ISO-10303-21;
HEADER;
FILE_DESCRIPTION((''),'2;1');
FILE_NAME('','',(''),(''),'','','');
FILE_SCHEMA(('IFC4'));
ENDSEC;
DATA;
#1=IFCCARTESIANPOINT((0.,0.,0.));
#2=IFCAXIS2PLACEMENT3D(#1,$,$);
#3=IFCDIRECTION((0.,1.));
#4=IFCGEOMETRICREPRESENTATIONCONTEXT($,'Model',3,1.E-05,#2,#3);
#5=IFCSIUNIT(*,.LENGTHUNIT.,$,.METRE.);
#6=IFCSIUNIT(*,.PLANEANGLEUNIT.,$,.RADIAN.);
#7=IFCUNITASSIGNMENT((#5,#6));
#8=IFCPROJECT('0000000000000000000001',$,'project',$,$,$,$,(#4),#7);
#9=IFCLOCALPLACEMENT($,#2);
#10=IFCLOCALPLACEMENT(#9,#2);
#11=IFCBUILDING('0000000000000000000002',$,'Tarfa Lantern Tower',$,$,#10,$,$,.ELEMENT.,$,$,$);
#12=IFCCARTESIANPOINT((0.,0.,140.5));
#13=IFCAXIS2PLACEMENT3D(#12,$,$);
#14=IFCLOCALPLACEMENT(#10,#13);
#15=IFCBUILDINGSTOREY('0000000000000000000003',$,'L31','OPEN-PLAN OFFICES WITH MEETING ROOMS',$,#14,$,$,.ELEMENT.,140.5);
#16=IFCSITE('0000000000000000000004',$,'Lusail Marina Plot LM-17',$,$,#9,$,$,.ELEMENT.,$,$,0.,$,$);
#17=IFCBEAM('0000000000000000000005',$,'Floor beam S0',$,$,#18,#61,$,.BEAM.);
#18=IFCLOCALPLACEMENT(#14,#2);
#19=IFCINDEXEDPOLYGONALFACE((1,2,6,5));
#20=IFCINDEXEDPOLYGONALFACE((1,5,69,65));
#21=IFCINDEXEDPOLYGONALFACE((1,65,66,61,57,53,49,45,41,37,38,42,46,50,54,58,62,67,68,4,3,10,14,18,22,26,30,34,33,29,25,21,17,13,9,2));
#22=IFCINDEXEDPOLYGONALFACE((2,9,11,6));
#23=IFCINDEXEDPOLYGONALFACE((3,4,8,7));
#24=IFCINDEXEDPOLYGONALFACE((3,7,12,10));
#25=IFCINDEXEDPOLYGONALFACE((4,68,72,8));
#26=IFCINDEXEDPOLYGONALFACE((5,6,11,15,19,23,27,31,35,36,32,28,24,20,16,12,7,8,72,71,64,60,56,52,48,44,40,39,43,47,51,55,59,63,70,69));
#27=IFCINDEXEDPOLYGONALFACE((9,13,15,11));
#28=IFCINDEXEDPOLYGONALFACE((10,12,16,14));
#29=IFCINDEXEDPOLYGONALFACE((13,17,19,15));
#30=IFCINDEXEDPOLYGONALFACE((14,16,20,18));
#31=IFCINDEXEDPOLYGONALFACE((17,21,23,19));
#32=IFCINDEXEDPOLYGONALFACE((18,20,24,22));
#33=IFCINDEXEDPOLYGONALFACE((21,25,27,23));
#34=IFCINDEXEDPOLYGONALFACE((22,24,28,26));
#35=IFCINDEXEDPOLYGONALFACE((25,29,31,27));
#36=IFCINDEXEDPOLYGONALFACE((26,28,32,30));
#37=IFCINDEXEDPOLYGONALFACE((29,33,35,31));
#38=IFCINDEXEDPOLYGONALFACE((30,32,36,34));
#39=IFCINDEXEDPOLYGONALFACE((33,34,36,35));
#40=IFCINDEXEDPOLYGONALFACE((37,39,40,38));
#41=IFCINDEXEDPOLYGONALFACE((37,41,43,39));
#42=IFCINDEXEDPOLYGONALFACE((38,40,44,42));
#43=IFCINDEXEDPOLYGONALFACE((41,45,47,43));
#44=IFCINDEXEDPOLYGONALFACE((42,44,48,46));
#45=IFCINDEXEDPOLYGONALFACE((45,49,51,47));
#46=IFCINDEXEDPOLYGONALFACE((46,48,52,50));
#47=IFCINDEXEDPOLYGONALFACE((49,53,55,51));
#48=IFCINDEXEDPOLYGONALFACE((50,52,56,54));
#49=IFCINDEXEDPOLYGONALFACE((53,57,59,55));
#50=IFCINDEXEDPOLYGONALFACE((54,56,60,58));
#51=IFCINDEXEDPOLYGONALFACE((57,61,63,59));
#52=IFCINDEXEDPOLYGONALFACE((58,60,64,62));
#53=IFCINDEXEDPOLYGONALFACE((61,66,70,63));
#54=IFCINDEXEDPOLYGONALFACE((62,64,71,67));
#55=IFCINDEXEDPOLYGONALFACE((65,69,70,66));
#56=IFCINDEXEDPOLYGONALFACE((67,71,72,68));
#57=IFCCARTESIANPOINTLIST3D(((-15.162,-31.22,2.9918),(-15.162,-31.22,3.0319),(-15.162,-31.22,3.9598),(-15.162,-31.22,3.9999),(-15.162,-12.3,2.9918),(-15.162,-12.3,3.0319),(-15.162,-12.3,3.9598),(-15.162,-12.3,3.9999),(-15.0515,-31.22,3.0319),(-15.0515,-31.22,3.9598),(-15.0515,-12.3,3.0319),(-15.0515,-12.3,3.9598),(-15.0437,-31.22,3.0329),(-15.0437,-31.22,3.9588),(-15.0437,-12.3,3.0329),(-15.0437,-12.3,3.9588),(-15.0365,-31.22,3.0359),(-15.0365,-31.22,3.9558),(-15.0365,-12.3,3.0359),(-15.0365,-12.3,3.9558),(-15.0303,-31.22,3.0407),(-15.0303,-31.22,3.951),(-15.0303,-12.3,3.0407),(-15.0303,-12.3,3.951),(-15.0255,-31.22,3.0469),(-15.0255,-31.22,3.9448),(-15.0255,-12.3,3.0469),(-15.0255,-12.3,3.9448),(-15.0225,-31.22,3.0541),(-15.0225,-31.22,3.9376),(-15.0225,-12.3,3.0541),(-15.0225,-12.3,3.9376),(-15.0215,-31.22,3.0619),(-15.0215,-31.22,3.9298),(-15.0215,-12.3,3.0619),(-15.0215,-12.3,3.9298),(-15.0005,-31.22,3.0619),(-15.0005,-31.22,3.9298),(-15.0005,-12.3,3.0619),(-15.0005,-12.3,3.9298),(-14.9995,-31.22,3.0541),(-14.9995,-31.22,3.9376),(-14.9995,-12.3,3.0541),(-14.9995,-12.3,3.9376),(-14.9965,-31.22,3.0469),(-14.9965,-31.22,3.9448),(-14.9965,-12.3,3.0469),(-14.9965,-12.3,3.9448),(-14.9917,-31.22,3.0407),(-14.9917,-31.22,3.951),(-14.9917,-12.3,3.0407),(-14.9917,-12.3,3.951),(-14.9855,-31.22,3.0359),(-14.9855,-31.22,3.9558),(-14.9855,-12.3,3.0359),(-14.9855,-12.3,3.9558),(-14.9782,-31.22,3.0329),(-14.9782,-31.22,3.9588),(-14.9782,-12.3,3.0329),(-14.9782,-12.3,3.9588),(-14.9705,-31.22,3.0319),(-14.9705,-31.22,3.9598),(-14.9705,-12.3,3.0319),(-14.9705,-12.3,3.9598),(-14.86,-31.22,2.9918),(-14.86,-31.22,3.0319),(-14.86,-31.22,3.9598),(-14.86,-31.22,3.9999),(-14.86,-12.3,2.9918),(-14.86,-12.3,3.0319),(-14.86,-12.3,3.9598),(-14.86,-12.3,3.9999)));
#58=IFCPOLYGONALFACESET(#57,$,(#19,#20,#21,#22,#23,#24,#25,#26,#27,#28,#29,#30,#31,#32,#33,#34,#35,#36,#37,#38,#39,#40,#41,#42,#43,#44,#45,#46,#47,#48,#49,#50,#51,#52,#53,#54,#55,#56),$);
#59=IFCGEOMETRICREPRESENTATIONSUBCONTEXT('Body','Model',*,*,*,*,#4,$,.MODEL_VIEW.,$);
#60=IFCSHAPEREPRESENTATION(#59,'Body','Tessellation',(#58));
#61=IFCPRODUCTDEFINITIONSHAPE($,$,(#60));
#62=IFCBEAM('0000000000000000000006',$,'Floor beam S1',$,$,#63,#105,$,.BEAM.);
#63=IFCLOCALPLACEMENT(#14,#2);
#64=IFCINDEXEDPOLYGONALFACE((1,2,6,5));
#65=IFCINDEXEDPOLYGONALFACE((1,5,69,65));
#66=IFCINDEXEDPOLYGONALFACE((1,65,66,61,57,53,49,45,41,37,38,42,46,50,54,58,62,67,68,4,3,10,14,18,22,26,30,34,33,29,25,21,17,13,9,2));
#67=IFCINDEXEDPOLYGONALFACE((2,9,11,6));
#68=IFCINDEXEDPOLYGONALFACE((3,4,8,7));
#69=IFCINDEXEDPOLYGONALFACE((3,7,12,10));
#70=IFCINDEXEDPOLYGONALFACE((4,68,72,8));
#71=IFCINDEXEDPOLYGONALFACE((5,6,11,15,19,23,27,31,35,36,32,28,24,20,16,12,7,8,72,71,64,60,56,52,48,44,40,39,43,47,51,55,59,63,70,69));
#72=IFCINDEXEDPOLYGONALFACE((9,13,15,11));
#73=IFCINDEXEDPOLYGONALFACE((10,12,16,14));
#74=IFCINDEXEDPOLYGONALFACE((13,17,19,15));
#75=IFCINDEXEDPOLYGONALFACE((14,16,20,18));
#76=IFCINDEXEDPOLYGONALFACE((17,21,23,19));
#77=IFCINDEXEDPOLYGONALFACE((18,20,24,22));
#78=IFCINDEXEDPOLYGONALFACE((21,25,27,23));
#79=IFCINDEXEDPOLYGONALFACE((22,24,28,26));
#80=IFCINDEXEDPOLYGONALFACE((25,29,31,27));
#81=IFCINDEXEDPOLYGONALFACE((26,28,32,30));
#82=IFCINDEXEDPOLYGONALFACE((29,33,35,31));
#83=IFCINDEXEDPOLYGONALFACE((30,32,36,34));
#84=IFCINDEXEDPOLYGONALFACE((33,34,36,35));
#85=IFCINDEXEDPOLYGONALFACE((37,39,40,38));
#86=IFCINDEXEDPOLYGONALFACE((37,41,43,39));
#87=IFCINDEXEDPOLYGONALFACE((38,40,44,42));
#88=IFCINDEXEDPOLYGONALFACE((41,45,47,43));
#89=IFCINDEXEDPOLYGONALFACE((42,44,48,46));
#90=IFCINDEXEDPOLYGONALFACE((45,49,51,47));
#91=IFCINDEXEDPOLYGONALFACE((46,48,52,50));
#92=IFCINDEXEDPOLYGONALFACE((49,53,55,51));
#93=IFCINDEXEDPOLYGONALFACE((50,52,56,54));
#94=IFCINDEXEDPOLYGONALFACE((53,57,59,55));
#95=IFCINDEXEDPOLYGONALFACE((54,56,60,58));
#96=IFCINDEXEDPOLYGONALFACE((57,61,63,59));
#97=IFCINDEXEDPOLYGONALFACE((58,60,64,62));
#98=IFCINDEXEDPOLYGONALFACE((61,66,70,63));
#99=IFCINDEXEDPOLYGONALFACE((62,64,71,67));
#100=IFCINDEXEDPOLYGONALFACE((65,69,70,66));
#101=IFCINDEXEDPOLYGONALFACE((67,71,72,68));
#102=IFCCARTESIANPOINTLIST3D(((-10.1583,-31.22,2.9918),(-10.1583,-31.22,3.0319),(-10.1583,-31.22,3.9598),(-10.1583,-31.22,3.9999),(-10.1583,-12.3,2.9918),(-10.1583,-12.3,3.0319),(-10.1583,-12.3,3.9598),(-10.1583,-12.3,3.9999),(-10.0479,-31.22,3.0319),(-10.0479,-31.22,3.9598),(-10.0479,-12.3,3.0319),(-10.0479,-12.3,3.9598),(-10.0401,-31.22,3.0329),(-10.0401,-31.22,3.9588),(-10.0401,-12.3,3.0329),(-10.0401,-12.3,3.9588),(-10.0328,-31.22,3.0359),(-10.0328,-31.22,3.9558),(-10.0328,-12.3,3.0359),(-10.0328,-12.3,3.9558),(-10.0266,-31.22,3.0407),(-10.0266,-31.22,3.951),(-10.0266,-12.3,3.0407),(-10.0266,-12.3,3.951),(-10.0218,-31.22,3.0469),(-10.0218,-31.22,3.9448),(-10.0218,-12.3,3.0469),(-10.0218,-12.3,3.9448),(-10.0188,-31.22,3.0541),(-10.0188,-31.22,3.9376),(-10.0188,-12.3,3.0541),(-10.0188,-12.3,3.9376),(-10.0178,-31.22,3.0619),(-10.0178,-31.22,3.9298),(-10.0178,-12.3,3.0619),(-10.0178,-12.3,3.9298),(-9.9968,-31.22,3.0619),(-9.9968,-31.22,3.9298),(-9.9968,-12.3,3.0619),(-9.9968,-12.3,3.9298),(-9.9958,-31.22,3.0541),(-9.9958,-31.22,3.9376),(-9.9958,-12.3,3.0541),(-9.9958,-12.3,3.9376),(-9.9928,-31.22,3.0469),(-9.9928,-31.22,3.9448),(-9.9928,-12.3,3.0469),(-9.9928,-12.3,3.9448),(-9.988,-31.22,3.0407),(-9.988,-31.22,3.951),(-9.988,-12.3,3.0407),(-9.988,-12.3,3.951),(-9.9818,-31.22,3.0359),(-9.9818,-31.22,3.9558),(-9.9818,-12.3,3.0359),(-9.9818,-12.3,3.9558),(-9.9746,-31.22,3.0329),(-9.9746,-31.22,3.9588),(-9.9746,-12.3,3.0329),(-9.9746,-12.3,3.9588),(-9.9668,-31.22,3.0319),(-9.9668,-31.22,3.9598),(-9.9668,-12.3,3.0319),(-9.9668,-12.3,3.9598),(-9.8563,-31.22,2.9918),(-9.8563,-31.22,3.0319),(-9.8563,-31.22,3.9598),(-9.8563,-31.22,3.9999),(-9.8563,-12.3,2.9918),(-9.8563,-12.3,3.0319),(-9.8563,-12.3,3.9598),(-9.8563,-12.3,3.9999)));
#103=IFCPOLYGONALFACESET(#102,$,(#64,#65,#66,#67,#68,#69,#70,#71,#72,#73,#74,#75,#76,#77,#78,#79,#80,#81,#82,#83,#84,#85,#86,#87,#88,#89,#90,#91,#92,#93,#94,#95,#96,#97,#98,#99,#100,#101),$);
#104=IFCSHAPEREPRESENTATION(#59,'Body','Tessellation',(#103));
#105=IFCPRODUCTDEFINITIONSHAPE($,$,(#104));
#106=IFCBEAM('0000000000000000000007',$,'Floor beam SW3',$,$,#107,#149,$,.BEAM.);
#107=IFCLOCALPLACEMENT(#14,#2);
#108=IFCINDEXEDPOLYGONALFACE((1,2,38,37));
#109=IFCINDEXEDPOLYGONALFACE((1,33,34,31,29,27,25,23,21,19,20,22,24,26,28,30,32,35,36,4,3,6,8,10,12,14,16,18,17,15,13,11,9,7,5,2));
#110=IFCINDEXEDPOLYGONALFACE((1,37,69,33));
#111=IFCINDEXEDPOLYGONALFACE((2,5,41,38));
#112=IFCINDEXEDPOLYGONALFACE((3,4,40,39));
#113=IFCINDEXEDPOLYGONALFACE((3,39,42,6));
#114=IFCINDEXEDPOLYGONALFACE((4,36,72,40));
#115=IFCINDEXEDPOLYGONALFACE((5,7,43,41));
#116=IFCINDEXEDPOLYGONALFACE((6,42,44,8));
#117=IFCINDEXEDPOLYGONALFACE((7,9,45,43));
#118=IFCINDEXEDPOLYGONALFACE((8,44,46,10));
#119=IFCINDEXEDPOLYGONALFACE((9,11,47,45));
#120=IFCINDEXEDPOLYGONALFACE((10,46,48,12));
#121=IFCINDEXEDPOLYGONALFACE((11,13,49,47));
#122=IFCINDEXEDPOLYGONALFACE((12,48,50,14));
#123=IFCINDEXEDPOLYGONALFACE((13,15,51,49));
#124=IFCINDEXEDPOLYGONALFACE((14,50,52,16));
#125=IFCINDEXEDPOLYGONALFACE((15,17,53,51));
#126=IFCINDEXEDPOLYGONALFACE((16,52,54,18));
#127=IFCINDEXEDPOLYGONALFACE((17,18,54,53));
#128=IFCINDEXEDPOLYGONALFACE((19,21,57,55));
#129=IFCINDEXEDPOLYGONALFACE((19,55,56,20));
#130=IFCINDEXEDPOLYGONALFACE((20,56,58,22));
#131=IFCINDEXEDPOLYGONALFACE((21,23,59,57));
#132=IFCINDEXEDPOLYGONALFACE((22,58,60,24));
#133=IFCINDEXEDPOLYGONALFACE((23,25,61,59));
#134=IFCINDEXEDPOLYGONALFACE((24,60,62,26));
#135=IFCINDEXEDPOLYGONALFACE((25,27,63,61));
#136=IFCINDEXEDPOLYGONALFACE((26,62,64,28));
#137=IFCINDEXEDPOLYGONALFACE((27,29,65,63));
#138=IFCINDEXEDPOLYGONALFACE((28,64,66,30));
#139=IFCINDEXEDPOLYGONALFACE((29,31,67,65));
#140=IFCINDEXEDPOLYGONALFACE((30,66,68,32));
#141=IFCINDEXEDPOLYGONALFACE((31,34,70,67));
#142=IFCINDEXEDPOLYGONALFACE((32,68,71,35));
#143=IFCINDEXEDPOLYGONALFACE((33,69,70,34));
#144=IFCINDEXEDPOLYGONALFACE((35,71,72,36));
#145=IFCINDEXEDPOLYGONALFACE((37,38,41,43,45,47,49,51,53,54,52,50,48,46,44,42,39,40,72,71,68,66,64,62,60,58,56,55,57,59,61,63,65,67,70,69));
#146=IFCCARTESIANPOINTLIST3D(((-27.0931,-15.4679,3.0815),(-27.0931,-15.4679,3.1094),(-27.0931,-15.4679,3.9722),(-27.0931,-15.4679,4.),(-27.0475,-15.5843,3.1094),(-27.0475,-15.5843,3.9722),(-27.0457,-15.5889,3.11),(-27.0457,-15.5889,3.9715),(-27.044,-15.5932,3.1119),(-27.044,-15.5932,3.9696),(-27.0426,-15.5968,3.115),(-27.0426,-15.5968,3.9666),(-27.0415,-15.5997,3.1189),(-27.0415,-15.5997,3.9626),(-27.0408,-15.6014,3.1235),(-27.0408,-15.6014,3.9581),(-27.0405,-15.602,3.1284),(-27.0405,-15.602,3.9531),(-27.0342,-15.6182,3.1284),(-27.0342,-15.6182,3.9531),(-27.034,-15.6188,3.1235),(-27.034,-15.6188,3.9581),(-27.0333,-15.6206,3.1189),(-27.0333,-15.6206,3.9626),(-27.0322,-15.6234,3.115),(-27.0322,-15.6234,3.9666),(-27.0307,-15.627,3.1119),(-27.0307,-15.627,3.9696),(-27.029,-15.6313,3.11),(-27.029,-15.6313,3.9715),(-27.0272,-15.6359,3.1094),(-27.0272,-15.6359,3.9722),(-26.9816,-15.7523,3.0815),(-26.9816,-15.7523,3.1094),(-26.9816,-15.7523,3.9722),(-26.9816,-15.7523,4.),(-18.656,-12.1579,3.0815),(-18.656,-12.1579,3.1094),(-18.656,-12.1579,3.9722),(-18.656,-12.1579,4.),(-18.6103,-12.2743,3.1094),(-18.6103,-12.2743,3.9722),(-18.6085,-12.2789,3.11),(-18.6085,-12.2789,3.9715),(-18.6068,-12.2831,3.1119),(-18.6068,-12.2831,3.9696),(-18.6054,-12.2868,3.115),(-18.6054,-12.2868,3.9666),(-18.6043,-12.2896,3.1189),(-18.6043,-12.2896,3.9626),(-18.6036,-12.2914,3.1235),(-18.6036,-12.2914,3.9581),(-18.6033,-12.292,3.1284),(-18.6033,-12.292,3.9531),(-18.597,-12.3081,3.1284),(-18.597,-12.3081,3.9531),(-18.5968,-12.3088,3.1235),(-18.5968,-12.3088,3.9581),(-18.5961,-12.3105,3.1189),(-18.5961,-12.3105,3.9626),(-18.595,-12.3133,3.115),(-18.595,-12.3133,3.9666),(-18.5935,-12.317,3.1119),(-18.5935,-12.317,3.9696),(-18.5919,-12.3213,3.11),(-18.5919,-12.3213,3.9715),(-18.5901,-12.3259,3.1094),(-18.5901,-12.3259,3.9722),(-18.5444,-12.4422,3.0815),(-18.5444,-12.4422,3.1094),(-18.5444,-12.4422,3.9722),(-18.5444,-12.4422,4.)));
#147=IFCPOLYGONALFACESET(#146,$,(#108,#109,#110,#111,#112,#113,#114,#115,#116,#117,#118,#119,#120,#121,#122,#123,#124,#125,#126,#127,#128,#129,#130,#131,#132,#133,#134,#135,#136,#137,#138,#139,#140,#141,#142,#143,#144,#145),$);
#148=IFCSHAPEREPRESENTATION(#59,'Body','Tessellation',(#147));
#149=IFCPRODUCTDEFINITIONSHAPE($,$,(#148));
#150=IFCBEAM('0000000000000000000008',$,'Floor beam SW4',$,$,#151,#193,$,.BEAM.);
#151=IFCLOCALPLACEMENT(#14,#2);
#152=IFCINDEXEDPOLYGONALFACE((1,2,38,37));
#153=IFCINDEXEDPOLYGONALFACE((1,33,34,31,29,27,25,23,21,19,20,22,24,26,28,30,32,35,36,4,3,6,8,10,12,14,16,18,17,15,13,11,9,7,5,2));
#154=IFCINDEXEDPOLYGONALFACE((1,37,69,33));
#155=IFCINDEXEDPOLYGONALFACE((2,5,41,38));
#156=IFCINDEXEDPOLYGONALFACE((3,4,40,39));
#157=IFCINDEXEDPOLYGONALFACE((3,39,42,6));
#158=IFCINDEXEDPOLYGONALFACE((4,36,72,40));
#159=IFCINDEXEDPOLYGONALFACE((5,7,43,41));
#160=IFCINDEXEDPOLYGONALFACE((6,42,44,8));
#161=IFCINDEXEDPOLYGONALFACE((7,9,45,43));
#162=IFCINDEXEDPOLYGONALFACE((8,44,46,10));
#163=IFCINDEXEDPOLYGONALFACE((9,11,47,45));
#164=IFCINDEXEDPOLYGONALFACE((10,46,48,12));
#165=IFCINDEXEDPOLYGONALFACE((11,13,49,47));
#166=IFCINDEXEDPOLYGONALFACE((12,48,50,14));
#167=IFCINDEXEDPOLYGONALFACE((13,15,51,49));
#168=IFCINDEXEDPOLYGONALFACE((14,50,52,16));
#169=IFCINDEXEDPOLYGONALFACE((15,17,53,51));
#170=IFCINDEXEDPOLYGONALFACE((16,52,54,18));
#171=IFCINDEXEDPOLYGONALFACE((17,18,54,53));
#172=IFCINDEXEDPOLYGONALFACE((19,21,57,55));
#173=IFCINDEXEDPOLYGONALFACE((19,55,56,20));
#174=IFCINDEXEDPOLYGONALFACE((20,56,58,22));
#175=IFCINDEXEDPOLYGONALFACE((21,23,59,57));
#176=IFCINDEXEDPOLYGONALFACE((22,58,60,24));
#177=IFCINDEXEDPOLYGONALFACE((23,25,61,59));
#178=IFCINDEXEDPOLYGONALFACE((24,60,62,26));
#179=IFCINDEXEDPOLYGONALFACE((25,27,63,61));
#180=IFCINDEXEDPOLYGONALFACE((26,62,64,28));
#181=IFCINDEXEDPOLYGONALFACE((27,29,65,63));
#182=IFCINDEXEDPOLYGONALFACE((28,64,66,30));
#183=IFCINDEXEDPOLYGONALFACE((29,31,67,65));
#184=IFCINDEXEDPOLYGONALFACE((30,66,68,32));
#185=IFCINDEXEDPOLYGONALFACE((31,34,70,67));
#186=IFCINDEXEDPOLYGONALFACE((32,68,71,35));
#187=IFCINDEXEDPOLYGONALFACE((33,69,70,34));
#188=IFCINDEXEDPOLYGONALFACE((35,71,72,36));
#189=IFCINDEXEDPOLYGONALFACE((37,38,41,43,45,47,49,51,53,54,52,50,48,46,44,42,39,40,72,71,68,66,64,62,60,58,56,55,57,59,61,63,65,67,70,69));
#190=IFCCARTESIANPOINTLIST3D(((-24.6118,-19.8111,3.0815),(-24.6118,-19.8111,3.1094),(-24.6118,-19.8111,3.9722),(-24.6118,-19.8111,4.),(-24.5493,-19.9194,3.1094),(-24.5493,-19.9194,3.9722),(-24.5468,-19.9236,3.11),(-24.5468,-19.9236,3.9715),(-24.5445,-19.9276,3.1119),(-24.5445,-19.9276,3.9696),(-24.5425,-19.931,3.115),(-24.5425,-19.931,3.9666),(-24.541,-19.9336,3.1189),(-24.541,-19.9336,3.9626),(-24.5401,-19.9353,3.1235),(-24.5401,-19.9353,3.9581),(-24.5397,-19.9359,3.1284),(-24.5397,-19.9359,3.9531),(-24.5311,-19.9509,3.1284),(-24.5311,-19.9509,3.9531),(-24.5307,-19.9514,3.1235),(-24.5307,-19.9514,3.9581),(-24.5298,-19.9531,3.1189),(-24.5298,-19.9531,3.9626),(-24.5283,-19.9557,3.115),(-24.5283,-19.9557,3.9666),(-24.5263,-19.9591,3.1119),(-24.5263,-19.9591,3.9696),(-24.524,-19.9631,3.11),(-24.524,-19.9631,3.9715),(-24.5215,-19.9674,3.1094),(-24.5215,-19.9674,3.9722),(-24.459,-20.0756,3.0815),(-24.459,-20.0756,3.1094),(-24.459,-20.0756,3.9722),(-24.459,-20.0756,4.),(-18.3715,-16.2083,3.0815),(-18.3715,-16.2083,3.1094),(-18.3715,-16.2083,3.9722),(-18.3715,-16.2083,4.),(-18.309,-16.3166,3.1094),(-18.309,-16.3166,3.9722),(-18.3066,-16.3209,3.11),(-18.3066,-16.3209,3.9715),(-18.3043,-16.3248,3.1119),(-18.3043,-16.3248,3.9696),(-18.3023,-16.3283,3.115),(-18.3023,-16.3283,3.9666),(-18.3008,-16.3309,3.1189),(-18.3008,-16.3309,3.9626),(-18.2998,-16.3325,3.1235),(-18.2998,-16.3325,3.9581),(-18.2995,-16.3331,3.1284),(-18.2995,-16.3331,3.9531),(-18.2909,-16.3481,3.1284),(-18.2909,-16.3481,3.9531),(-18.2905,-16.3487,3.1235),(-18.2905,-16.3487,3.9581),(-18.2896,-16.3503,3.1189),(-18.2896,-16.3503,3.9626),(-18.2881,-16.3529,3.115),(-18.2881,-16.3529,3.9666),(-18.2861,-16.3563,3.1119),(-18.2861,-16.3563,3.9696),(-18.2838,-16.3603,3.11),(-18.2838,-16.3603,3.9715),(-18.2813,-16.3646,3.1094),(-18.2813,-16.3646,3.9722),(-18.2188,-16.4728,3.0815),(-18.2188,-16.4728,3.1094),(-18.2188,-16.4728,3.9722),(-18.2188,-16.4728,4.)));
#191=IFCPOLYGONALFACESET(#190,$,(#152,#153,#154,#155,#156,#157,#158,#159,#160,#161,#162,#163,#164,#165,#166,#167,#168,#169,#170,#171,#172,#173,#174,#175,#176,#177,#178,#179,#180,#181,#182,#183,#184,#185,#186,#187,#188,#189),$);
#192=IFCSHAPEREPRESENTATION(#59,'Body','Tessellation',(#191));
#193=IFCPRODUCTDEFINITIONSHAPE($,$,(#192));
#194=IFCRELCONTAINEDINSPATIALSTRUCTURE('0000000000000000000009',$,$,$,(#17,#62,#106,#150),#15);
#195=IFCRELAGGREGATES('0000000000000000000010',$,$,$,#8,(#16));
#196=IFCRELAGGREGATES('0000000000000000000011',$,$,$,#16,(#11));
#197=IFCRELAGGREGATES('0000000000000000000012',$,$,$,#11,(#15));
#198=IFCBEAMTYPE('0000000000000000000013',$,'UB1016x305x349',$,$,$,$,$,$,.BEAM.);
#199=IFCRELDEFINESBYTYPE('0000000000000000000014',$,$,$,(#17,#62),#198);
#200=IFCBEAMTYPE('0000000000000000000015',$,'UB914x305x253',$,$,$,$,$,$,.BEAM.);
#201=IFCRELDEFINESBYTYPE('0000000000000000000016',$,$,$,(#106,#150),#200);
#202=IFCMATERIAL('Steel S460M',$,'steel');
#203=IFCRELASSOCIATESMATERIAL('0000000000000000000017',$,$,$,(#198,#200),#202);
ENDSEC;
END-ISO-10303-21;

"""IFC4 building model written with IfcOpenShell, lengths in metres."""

from ifc_helpers import new_model, si_unit, direction, frame, origin, origin_2d, place, context, subcontext, project, spatial, i_section, extrude, material, material_profile, profile_set, type_object, element, save


model = new_model("IFC4")

# Units and contexts
model_context = context("Model", 3, precision=1e-05, world=origin(), true_north=direction((0.0, 1.0)))
body_context = subcontext(model_context, "Body", "Model", "MODEL_VIEW")
ifc_project = project(units=[si_unit("LENGTHUNIT", "METRE"), si_unit("PLANEANGLEUNIT", "RADIAN")], contexts=[model_context])

# Site, building, storey
site_placement = place(None, origin())
site = spatial("IfcSite", under=ifc_project, at=site_placement, Name="Lusail Marina Plot LM-17", CompositionType="ELEMENT", RefElevation=0.0)
building_placement = place(site_placement, origin())
building = spatial("IfcBuilding", under=site, at=building_placement, Name="Tarfa Lantern Tower", CompositionType="ELEMENT")
storey_placement = place(building_placement, frame((0.0, 0.0, 140.5)))
storey = spatial("IfcBuildingStorey", under=building, at=storey_placement, Name="L31", Description="OPEN-PLAN OFFICES WITH MEETING ROOMS", CompositionType="ELEMENT", Elevation=140.5)

# Beams
ifc_material_1 = material(Name="Steel S460M", Category="steel")
ifc_material_profile_1 = material_profile(ifc_material_1, i_section(OverallWidth=0.302, OverallDepth=1.0081, WebThickness=0.021, FlangeThickness=0.04, FilletRadius=0.03, at=origin_2d()), Name="UB1016x305x349")
ifc_profile_set_1 = profile_set([ifc_material_profile_1], Name="Steel S460M")
beam_type_1 = type_object("IfcBeamType", Name="UB1016x305x349", PredefinedType="BEAM", material=ifc_profile_set_1)
for number, where, z_axis, x_axis, name in (
    (1, (-15.011, -31.22, 3.4958), (0.0, 1.0, 0.0), (-1.0, 0.0, 0.0), "Floor beam S0"),
    (2, (-10.0073, -31.22, 3.4958), (0.0, 1.0, 0.0), (-1.0, 0.0, 0.0), "Floor beam S1"),
):
    element("IfcBeam", number, at=place(storey_placement, frame(where, z_axis=z_axis, x_axis=x_axis)), inside=storey, type_object=beam_type_1, Name=name, PredefinedType="BEAM", context=body_context, shape_type="SweptSolid", body=[
        extrude(i_section(OverallWidth=0.302, OverallDepth=1.0081, WebThickness=0.021, FlangeThickness=0.04, FilletRadius=0.03, at=origin_2d()), origin(), (0.0, 0.0, 1.0), 18.9199),
    ])
ifc_material_profile_2 = material_profile(ifc_material_1, i_section(OverallWidth=0.3054, OverallDepth=0.9185, WebThickness=0.0173, FlangeThickness=0.0278, FilletRadius=0.019, at=origin_2d()), Name="UB914x305x253")
ifc_profile_set_2 = profile_set([ifc_material_profile_2], Name="Steel S460M")
beam_type_2 = type_object("IfcBeamType", Name="UB914x305x253", PredefinedType="BEAM", material=ifc_profile_set_2)
beam_1_placement = place(storey_placement, frame((-27.0374, -15.6101, 3.5408), z_axis=(0.930923, 0.365215, 0.0), x_axis=(-0.365215, 0.930923, 0.0)))
element("IfcBeam", 3, at=beam_1_placement, inside=storey, type_object=beam_type_2, Name="Floor beam SW3", PredefinedType="BEAM", context=body_context, shape_type="SweptSolid", body=[
    extrude(i_section(OverallWidth=0.3054, OverallDepth=0.9185, WebThickness=0.0173, FlangeThickness=0.0278, FilletRadius=0.019, at=origin_2d()), origin(), (0.0, 0.0, 1.0), 9.0632),
])
beam_2_placement = place(storey_placement, frame((-24.5354, -19.9434, 3.5408), z_axis=(0.866026, 0.499998, 0.0), x_axis=(-0.499998, 0.866026, 0.0)))
element("IfcBeam", 4, at=beam_2_placement, inside=storey, type_object=beam_type_2, Name="Floor beam SW4", PredefinedType="BEAM", context=body_context, shape_type="SweptSolid", body=[
    extrude(i_section(OverallWidth=0.3054, OverallDepth=0.9185, WebThickness=0.0173, FlangeThickness=0.0278, FilletRadius=0.019, at=origin_2d()), origin(), (0.0, 0.0, 1.0), 7.2056),
])

save(model, "model.ifc")
